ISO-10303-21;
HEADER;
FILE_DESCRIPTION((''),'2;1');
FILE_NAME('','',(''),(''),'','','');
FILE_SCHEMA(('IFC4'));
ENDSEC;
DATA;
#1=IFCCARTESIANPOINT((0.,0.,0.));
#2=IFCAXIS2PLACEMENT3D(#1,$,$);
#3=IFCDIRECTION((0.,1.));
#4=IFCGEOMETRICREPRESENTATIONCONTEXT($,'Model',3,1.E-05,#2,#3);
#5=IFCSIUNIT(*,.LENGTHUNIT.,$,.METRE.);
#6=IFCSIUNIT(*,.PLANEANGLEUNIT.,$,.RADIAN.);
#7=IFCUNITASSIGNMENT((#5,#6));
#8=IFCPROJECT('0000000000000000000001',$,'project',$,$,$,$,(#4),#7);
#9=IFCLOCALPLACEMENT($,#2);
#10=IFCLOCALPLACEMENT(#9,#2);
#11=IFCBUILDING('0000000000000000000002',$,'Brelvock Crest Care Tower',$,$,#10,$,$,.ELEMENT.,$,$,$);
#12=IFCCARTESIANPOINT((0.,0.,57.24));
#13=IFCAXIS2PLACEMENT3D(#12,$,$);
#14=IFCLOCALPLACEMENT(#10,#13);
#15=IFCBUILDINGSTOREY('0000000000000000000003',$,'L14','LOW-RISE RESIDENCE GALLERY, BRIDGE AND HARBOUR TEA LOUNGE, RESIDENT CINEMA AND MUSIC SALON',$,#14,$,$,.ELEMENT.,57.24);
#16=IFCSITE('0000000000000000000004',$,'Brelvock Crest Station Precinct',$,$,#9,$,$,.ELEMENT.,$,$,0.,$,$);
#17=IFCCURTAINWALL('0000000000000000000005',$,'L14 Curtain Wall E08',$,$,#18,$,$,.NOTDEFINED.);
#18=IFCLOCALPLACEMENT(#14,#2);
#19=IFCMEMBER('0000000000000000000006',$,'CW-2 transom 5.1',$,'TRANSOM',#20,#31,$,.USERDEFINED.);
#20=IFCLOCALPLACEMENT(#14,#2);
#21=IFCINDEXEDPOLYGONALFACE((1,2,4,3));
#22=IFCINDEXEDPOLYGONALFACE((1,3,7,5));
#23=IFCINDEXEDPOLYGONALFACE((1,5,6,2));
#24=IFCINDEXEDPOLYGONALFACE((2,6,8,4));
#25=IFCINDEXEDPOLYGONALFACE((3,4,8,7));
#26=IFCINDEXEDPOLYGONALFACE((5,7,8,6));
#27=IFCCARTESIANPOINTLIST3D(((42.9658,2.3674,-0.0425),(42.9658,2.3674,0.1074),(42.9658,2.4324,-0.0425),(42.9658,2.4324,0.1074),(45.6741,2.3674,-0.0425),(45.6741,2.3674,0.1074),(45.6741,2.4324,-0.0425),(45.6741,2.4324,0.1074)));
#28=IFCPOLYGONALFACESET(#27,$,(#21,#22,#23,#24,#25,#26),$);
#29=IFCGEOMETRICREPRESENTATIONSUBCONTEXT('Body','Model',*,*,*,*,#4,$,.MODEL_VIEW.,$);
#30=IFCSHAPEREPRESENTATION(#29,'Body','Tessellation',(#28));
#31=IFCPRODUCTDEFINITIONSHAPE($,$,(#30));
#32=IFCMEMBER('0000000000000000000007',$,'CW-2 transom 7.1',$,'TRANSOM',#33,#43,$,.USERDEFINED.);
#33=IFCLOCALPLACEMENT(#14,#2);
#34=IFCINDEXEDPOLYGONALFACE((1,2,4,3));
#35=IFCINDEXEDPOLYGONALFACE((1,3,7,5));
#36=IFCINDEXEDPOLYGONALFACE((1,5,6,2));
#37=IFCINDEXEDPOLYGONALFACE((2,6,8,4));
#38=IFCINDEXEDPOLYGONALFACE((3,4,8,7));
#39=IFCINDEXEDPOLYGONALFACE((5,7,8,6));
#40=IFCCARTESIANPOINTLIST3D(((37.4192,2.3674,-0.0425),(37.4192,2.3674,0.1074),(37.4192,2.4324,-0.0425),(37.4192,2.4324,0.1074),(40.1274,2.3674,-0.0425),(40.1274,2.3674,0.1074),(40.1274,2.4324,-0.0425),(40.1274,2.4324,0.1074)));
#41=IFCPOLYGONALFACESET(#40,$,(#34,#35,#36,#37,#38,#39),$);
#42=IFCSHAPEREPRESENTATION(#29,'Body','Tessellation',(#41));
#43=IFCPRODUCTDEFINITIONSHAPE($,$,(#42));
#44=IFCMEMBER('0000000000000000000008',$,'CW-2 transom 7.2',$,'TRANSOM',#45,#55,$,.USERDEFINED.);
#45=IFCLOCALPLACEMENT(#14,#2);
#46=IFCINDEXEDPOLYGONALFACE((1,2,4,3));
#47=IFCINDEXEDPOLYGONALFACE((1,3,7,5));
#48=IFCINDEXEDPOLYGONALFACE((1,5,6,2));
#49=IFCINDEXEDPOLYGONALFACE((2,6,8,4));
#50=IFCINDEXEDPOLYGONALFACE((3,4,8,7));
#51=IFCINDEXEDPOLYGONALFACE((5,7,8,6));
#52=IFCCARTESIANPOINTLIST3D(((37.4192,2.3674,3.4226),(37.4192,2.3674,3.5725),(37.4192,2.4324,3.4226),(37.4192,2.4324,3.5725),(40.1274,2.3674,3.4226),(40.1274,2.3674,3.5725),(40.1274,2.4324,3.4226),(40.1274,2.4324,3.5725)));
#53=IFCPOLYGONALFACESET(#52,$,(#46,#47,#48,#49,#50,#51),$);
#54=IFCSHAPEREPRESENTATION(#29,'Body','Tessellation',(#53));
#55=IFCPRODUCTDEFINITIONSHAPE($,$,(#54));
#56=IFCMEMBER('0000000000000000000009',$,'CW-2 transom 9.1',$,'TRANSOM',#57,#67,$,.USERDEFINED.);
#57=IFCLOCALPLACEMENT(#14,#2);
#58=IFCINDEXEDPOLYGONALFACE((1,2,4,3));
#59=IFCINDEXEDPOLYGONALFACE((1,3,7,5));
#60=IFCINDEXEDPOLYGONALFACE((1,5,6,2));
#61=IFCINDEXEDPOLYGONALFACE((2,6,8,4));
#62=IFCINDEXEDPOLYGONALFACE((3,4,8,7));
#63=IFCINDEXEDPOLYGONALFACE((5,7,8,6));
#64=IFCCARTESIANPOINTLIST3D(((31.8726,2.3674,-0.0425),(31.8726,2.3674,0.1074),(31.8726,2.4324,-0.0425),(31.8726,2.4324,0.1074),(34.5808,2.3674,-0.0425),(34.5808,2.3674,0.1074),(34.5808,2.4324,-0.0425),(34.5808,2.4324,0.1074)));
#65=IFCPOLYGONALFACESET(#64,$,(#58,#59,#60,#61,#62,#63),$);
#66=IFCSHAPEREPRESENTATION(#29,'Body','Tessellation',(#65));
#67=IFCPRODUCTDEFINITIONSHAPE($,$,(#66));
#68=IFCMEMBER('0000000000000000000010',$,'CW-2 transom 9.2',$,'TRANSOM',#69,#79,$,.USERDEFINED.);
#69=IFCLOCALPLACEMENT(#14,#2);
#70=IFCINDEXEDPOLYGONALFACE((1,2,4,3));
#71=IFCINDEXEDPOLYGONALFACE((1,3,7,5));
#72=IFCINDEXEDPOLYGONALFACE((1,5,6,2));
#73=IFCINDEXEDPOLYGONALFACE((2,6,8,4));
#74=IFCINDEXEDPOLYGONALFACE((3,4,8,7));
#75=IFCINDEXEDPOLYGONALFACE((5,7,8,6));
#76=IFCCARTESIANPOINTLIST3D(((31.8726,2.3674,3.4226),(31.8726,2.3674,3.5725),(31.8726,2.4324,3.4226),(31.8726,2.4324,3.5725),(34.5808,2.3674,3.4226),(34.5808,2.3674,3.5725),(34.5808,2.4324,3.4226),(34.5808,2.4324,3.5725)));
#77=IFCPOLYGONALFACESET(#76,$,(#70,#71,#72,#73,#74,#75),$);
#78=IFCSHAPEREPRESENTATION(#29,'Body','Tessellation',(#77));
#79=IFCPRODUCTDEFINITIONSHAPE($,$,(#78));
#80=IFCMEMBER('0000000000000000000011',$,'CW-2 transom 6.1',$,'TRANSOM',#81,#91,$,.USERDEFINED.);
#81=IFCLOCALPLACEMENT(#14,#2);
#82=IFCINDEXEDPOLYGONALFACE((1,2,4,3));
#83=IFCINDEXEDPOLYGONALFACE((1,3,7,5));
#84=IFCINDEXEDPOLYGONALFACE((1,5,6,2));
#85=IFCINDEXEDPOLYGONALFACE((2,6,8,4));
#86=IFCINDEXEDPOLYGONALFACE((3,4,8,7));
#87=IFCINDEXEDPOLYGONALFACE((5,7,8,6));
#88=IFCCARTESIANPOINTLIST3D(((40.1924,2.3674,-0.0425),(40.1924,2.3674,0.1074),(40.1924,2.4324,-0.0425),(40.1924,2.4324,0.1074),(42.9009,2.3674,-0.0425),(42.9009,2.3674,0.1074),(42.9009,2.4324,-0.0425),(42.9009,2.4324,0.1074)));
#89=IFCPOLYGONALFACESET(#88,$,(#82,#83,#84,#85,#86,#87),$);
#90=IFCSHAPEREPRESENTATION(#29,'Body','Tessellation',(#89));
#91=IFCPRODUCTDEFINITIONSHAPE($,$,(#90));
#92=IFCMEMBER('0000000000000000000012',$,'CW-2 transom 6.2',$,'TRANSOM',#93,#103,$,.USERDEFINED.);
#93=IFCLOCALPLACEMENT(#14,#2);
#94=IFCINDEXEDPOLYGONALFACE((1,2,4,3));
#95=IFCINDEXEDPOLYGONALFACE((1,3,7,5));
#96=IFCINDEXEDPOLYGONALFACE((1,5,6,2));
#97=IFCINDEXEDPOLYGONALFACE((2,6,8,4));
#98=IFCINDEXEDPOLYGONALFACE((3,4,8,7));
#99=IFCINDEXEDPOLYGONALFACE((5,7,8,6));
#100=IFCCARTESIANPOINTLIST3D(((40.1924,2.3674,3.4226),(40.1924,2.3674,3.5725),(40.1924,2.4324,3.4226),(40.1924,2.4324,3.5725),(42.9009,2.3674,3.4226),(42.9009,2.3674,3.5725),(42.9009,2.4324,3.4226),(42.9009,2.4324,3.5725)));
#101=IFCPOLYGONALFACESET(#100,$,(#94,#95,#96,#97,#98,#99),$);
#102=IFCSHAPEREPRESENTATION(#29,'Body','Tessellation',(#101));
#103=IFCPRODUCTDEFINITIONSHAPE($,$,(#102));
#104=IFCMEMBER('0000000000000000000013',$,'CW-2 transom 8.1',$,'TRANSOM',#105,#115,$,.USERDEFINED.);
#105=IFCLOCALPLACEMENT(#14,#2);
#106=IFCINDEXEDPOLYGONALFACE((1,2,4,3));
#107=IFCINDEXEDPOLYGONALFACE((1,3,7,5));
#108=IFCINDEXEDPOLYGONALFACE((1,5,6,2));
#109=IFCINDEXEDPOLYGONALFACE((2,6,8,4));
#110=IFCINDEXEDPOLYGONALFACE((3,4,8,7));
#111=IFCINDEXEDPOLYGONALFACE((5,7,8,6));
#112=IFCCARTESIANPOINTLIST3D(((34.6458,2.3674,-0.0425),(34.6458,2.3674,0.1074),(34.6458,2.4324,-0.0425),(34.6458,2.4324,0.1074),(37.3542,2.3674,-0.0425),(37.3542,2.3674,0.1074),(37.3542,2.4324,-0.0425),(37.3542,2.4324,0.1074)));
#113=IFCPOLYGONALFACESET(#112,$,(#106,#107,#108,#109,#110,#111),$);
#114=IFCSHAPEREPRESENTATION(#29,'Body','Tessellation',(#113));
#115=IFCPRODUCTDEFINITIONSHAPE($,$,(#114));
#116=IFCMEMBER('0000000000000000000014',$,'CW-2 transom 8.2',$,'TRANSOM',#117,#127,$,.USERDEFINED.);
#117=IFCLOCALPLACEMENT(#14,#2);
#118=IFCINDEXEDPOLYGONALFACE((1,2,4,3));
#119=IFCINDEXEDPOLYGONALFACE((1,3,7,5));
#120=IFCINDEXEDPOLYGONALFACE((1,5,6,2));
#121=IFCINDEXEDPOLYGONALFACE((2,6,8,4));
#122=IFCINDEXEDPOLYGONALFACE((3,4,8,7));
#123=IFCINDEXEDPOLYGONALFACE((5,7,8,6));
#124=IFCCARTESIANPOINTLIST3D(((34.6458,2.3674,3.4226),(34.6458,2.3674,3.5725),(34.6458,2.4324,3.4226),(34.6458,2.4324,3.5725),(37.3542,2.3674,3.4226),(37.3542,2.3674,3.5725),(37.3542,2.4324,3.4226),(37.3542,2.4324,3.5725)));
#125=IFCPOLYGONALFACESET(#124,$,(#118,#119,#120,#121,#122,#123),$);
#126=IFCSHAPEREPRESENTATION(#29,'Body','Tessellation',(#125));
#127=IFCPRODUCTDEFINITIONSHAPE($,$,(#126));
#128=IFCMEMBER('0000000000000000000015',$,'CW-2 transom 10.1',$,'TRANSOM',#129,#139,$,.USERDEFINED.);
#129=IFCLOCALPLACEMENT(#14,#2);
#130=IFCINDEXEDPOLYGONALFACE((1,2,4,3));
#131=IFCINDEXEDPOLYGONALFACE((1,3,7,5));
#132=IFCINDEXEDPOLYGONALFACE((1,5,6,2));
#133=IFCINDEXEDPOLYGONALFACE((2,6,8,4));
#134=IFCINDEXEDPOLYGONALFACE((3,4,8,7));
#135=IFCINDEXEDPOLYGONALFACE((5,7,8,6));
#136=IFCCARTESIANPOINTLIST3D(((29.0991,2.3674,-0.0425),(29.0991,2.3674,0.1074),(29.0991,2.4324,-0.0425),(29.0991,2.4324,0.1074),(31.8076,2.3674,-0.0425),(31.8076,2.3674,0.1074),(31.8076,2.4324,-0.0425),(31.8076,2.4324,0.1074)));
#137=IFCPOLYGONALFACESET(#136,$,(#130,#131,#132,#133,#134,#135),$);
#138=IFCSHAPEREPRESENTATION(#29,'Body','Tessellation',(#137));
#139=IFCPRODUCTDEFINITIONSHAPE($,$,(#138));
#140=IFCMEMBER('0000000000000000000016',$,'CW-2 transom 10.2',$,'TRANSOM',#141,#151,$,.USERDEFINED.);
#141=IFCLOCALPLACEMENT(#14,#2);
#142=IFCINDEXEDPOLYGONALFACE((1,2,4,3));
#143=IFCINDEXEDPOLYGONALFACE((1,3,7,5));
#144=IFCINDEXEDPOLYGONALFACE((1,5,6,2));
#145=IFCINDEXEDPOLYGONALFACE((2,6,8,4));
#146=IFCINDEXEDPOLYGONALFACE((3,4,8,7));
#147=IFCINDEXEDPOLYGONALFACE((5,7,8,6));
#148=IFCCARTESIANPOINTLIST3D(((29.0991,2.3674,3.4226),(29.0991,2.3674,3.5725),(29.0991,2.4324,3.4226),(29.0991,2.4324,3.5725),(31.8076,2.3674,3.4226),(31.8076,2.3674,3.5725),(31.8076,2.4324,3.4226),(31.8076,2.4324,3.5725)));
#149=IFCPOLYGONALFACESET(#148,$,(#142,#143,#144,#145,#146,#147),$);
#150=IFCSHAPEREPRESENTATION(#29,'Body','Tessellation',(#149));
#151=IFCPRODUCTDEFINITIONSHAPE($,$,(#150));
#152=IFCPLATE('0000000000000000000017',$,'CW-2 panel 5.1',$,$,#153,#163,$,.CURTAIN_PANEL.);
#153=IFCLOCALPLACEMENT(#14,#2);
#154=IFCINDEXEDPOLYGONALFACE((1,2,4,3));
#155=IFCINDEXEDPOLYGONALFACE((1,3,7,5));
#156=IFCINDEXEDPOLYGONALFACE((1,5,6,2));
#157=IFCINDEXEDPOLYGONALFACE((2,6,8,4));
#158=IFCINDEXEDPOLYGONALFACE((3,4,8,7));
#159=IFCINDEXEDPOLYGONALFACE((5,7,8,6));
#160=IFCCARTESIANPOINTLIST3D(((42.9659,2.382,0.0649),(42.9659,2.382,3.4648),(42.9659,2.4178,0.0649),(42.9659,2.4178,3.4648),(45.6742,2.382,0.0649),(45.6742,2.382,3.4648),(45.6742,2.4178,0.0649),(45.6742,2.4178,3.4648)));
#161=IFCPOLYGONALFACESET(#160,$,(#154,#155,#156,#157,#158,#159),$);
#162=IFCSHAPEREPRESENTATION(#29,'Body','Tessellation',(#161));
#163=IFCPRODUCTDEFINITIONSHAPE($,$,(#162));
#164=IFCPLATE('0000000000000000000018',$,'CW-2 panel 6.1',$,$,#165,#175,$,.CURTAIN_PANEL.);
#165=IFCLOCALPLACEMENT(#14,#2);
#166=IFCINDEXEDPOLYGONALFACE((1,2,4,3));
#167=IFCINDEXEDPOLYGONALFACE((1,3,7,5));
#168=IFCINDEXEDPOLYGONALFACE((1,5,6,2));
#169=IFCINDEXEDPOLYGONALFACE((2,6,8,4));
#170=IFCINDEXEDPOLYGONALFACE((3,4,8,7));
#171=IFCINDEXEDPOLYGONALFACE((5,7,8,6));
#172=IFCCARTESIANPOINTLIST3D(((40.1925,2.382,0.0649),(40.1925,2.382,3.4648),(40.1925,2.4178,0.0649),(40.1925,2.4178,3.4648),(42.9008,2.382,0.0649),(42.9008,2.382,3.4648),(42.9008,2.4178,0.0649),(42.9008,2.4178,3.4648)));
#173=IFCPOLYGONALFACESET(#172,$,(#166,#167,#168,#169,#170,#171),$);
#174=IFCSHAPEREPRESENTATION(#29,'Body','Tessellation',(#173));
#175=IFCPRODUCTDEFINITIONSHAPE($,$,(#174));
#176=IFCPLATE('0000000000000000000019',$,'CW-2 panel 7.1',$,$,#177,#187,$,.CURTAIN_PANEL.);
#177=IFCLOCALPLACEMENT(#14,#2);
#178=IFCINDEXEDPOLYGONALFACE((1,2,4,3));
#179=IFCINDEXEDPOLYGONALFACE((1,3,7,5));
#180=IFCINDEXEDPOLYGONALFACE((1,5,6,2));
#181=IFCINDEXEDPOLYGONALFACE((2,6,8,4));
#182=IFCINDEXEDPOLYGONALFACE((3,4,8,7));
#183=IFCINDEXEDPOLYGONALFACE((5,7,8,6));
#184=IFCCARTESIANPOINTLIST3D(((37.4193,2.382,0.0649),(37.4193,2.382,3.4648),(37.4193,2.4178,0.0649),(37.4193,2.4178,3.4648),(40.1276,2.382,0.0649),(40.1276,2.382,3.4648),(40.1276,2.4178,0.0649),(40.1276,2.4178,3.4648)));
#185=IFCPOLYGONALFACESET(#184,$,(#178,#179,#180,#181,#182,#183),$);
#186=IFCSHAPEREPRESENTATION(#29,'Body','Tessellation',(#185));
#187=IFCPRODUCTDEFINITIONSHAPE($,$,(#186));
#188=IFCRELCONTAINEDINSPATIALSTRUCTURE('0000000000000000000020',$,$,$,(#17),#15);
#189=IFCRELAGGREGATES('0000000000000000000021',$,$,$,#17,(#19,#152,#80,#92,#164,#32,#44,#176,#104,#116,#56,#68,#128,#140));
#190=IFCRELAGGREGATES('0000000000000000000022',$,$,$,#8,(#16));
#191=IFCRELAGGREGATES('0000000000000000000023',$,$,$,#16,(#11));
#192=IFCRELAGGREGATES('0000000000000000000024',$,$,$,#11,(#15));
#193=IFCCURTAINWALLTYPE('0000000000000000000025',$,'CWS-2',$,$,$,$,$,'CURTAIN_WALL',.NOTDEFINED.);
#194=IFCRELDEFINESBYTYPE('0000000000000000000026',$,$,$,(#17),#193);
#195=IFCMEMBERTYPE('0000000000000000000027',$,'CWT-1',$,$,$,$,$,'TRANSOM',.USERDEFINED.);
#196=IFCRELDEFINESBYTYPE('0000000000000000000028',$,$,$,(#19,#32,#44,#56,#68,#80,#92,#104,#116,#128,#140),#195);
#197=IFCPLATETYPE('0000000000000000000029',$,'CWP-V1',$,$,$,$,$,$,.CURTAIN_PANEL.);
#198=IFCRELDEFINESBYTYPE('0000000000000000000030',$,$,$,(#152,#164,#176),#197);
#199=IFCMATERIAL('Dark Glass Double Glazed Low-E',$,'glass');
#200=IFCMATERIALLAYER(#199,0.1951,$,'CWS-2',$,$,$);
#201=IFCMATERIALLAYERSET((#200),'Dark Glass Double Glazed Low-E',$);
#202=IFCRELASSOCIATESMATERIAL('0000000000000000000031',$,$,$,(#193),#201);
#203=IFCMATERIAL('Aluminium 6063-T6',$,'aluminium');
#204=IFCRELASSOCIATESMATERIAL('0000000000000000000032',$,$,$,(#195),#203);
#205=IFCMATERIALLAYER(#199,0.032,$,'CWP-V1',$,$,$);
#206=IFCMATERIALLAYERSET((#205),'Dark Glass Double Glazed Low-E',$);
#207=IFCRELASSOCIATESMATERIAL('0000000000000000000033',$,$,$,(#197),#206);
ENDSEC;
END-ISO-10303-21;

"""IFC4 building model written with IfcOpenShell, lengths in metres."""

from ifc_helpers import new_model, si_unit, direction, frame, origin, origin_2d, place, context, subcontext, project, spatial, rectangle, extrude, source, transform, mapped, material, layer, layer_set, material_profile, profile_set, type_object, element, aggregate, save


model = new_model("IFC4")

# Units and contexts
model_context = context("Model", 3, precision=1e-05, world=origin(), true_north=direction((0.0, 1.0)))
body_context = subcontext(model_context, "Body", "Model", "MODEL_VIEW")
ifc_project = project(units=[si_unit("LENGTHUNIT", "METRE"), si_unit("PLANEANGLEUNIT", "RADIAN")], contexts=[model_context])

# Site, building, storey
site_placement = place(None, origin())
site = spatial("IfcSite", under=ifc_project, at=site_placement, Name="Brelvock Crest Station Precinct", CompositionType="ELEMENT", RefElevation=0.0)
building_placement = place(site_placement, origin())
building = spatial("IfcBuilding", under=site, at=building_placement, Name="Brelvock Crest Care Tower", CompositionType="ELEMENT")
storey_placement = place(building_placement, frame((0.0, 0.0, 57.24)))
storey = spatial("IfcBuildingStorey", under=building, at=storey_placement, Name="L14", Description="LOW-RISE RESIDENCE GALLERY, BRIDGE AND HARBOUR TEA LOUNGE, RESIDENT CINEMA AND MUSIC SALON", CompositionType="ELEMENT", Elevation=57.24)

# Curtain wall, members, plates
ifc_material_1 = material(Name="Dark Glass Double Glazed Low-E", Category="glass")
ifc_layer_1 = layer(ifc_material_1, 0.1951, Name="CWS-2")
ifc_layer_set_1 = layer_set([ifc_layer_1], Name="Dark Glass Double Glazed Low-E")
curtain_wall_type = type_object("IfcCurtainWallType", Name="CWS-2", ElementType="CURTAIN_WALL", PredefinedType="NOTDEFINED", material=ifc_layer_set_1)
curtain_wall_placement = place(storey_placement, origin())
curtain_wall = element("IfcCurtainWall", 1, at=curtain_wall_placement, inside=storey, type_object=curtain_wall_type, Name="L14 Curtain Wall E08", PredefinedType="NOTDEFINED")
ifc_material_2 = material(Name="Aluminium 6063-T6", Category="aluminium")
ifc_material_profile_1 = material_profile(ifc_material_2, rectangle(XDim=0.0649, YDim=0.1499, at=origin_2d()), Name="ALU65x150")
ifc_profile_set_1 = profile_set([ifc_material_profile_1], Name="Aluminium 6063-T6")
member_type_1 = type_object("IfcMemberType", Name="CWT-1", ElementType="TRANSOM", PredefinedType="USERDEFINED", material=ifc_profile_set_1)
shared_shape_1 = source(origin(), body_context, "Body", "SweptSolid", [
    extrude(rectangle(XDim=0.0649, YDim=0.1499, at=origin_2d()), origin(), (0.0, 0.0, 1.0), 2.7083),
])
member_1_placement = place(storey_placement, frame((45.6741, 2.3999, 0.0325), z_axis=(-1.0, 0.0, 0.0), x_axis=(0.0, -1.0, 0.0)))
member_1 = element("IfcMember", 2, at=member_1_placement, type_object=member_type_1, Name="CW-2 transom 5.1", ObjectType="TRANSOM", PredefinedType="USERDEFINED", context=body_context, shape_type="MappedRepresentation", body=[
    mapped(shared_shape_1, transform((0.0, 0.0, 0.0), x_axis=(1.0, 0.0, 0.0), y_axis=(0.0, 1.0, 0.0), z_axis=(0.0, 0.0, 1.0), scale=1.0)),
])
member_2_placement = place(storey_placement, frame((40.1274, 2.3999, 0.0325), z_axis=(-1.0, 0.0, 0.0), x_axis=(0.0, -1.0, 0.0)))
member_2 = element("IfcMember", 3, at=member_2_placement, type_object=member_type_1, Name="CW-2 transom 7.1", ObjectType="TRANSOM", PredefinedType="USERDEFINED", context=body_context, shape_type="MappedRepresentation", body=[
    mapped(shared_shape_1, transform((0.0, 0.0, 0.0), x_axis=(1.0, 0.0, 0.0), y_axis=(0.0, 1.0, 0.0), z_axis=(0.0, 0.0, 1.0), scale=1.0)),
])
member_3_placement = place(storey_placement, frame((40.1274, 2.3999, 3.4976), z_axis=(-1.0, 0.0, 0.0), x_axis=(0.0, -1.0, 0.0)))
member_3 = element("IfcMember", 4, at=member_3_placement, type_object=member_type_1, Name="CW-2 transom 7.2", ObjectType="TRANSOM", PredefinedType="USERDEFINED", context=body_context, shape_type="MappedRepresentation", body=[
    mapped(shared_shape_1, transform((0.0, 0.0, 0.0), x_axis=(1.0, 0.0, 0.0), y_axis=(0.0, 1.0, 0.0), z_axis=(0.0, 0.0, 1.0), scale=1.0)),
])
member_4_placement = place(storey_placement, frame((34.5808, 2.3999, 0.0325), z_axis=(-1.0, 0.0, 0.0), x_axis=(0.0, -1.0, 0.0)))
member_4 = element("IfcMember", 5, at=member_4_placement, type_object=member_type_1, Name="CW-2 transom 9.1", ObjectType="TRANSOM", PredefinedType="USERDEFINED", context=body_context, shape_type="MappedRepresentation", body=[
    mapped(shared_shape_1, transform((0.0, 0.0, 0.0), x_axis=(1.0, 0.0, 0.0), y_axis=(0.0, 1.0, 0.0), z_axis=(0.0, 0.0, 1.0), scale=1.0)),
])
member_5_placement = place(storey_placement, frame((34.5808, 2.3999, 3.4976), z_axis=(-1.0, 0.0, 0.0), x_axis=(0.0, -1.0, 0.0)))
member_5 = element("IfcMember", 6, at=member_5_placement, type_object=member_type_1, Name="CW-2 transom 9.2", ObjectType="TRANSOM", PredefinedType="USERDEFINED", context=body_context, shape_type="MappedRepresentation", body=[
    mapped(shared_shape_1, transform((0.0, 0.0, 0.0), x_axis=(1.0, 0.0, 0.0), y_axis=(0.0, 1.0, 0.0), z_axis=(0.0, 0.0, 1.0), scale=1.0)),
])
shared_shape_2 = source(origin(), body_context, "Body", "SweptSolid", [
    extrude(rectangle(XDim=0.0649, YDim=0.1499, at=origin_2d()), origin(), (0.0, 0.0, 1.0), 2.7085),
])
member_6_placement = place(storey_placement, frame((42.9009, 2.3999, 0.0325), z_axis=(-1.0, 0.0, 0.0), x_axis=(0.0, -1.0, 0.0)))
member_6 = element("IfcMember", 7, at=member_6_placement, type_object=member_type_1, Name="CW-2 transom 6.1", ObjectType="TRANSOM", PredefinedType="USERDEFINED", context=body_context, shape_type="MappedRepresentation", body=[
    mapped(shared_shape_2, transform((0.0, 0.0, 0.0), x_axis=(1.0, 0.0, 0.0), y_axis=(0.0, 1.0, 0.0), z_axis=(0.0, 0.0, 1.0), scale=1.0)),
])
member_7_placement = place(storey_placement, frame((42.9009, 2.3999, 3.4976), z_axis=(-1.0, 0.0, 0.0), x_axis=(0.0, -1.0, 0.0)))
member_7 = element("IfcMember", 8, at=member_7_placement, type_object=member_type_1, Name="CW-2 transom 6.2", ObjectType="TRANSOM", PredefinedType="USERDEFINED", context=body_context, shape_type="MappedRepresentation", body=[
    mapped(shared_shape_2, transform((0.0, 0.0, 0.0), x_axis=(1.0, 0.0, 0.0), y_axis=(0.0, 1.0, 0.0), z_axis=(0.0, 0.0, 1.0), scale=1.0)),
])
member_8_placement = place(storey_placement, frame((37.3542, 2.3999, 0.0325), z_axis=(-1.0, 0.0, 0.0), x_axis=(0.0, -1.0, 0.0)))
member_8 = element("IfcMember", 9, at=member_8_placement, type_object=member_type_1, Name="CW-2 transom 8.1", ObjectType="TRANSOM", PredefinedType="USERDEFINED", context=body_context, shape_type="MappedRepresentation", body=[
    mapped(shared_shape_2, transform((0.0, 0.0, 0.0), x_axis=(1.0, 0.0, 0.0), y_axis=(0.0, 1.0, 0.0), z_axis=(0.0, 0.0, 1.0), scale=1.0)),
])
member_9_placement = place(storey_placement, frame((37.3542, 2.3999, 3.4976), z_axis=(-1.0, 0.0, 0.0), x_axis=(0.0, -1.0, 0.0)))
member_9 = element("IfcMember", 10, at=member_9_placement, type_object=member_type_1, Name="CW-2 transom 8.2", ObjectType="TRANSOM", PredefinedType="USERDEFINED", context=body_context, shape_type="MappedRepresentation", body=[
    mapped(shared_shape_2, transform((0.0, 0.0, 0.0), x_axis=(1.0, 0.0, 0.0), y_axis=(0.0, 1.0, 0.0), z_axis=(0.0, 0.0, 1.0), scale=1.0)),
])
member_10_placement = place(storey_placement, frame((31.8076, 2.3999, 0.0325), z_axis=(-1.0, 0.0, 0.0), x_axis=(0.0, -1.0, 0.0)))
member_10 = element("IfcMember", 11, at=member_10_placement, type_object=member_type_1, Name="CW-2 transom 10.1", ObjectType="TRANSOM", PredefinedType="USERDEFINED", context=body_context, shape_type="MappedRepresentation", body=[
    mapped(shared_shape_2, transform((0.0, 0.0, 0.0), x_axis=(1.0, 0.0, 0.0), y_axis=(0.0, 1.0, 0.0), z_axis=(0.0, 0.0, 1.0), scale=1.0)),
])
member_11_placement = place(storey_placement, frame((31.8076, 2.3999, 3.4976), z_axis=(-1.0, 0.0, 0.0), x_axis=(0.0, -1.0, 0.0)))
member_11 = element("IfcMember", 12, at=member_11_placement, type_object=member_type_1, Name="CW-2 transom 10.2", ObjectType="TRANSOM", PredefinedType="USERDEFINED", context=body_context, shape_type="MappedRepresentation", body=[
    mapped(shared_shape_2, transform((0.0, 0.0, 0.0), x_axis=(1.0, 0.0, 0.0), y_axis=(0.0, 1.0, 0.0), z_axis=(0.0, 0.0, 1.0), scale=1.0)),
])
ifc_layer_2 = layer(ifc_material_1, 0.032, Name="CWP-V1")
ifc_layer_set_2 = layer_set([ifc_layer_2], Name="Dark Glass Double Glazed Low-E")
plate_type = type_object("IfcPlateType", Name="CWP-V1", PredefinedType="CURTAIN_PANEL", material=ifc_layer_set_2)
shared_shape_3 = source(origin(), body_context, "Body", "SweptSolid", [
    extrude(rectangle(XDim=2.7083, YDim=0.0359, at=origin_2d()), origin(), (0.0, 0.0, 1.0), 3.3999),
])
plate_1_placement = place(storey_placement, frame((44.3201, 2.3999, 0.0649), z_axis=(0.0, 0.0, 1.0), x_axis=(-1.0, 0.0, 0.0)))
plate_1 = element("IfcPlate", 13, at=plate_1_placement, type_object=plate_type, Name="CW-2 panel 5.1", PredefinedType="CURTAIN_PANEL", context=body_context, shape_type="MappedRepresentation", body=[
    mapped(shared_shape_3, transform((0.0, 0.0, 0.0), x_axis=(1.0, 0.0, 0.0), y_axis=(0.0, 1.0, 0.0), z_axis=(0.0, 0.0, 1.0), scale=1.0)),
])
plate_2_placement = place(storey_placement, frame((41.5466, 2.3999, 0.0649), z_axis=(0.0, 0.0, 1.0), x_axis=(-1.0, 0.0, 0.0)))
plate_2 = element("IfcPlate", 14, at=plate_2_placement, type_object=plate_type, Name="CW-2 panel 6.1", PredefinedType="CURTAIN_PANEL", context=body_context, shape_type="MappedRepresentation", body=[
    mapped(shared_shape_3, transform((0.0, 0.0, 0.0), x_axis=(1.0, 0.0, 0.0), y_axis=(0.0, 1.0, 0.0), z_axis=(0.0, 0.0, 1.0), scale=1.0)),
])
plate_3_placement = place(storey_placement, frame((38.7734, 2.3999, 0.0649), z_axis=(0.0, 0.0, 1.0), x_axis=(-1.0, 0.0, 0.0)))
plate_3 = element("IfcPlate", 15, at=plate_3_placement, type_object=plate_type, Name="CW-2 panel 7.1", PredefinedType="CURTAIN_PANEL", context=body_context, shape_type="MappedRepresentation", body=[
    mapped(shared_shape_3, transform((0.0, 0.0, 0.0), x_axis=(1.0, 0.0, 0.0), y_axis=(0.0, 1.0, 0.0), z_axis=(0.0, 0.0, 1.0), scale=1.0)),
])
aggregate(curtain_wall, [member_1, plate_1, member_6, member_7, plate_2, member_2, member_3, plate_3, member_8, member_9, member_4, member_5, member_10, member_11])

save(model, "model.ifc")
